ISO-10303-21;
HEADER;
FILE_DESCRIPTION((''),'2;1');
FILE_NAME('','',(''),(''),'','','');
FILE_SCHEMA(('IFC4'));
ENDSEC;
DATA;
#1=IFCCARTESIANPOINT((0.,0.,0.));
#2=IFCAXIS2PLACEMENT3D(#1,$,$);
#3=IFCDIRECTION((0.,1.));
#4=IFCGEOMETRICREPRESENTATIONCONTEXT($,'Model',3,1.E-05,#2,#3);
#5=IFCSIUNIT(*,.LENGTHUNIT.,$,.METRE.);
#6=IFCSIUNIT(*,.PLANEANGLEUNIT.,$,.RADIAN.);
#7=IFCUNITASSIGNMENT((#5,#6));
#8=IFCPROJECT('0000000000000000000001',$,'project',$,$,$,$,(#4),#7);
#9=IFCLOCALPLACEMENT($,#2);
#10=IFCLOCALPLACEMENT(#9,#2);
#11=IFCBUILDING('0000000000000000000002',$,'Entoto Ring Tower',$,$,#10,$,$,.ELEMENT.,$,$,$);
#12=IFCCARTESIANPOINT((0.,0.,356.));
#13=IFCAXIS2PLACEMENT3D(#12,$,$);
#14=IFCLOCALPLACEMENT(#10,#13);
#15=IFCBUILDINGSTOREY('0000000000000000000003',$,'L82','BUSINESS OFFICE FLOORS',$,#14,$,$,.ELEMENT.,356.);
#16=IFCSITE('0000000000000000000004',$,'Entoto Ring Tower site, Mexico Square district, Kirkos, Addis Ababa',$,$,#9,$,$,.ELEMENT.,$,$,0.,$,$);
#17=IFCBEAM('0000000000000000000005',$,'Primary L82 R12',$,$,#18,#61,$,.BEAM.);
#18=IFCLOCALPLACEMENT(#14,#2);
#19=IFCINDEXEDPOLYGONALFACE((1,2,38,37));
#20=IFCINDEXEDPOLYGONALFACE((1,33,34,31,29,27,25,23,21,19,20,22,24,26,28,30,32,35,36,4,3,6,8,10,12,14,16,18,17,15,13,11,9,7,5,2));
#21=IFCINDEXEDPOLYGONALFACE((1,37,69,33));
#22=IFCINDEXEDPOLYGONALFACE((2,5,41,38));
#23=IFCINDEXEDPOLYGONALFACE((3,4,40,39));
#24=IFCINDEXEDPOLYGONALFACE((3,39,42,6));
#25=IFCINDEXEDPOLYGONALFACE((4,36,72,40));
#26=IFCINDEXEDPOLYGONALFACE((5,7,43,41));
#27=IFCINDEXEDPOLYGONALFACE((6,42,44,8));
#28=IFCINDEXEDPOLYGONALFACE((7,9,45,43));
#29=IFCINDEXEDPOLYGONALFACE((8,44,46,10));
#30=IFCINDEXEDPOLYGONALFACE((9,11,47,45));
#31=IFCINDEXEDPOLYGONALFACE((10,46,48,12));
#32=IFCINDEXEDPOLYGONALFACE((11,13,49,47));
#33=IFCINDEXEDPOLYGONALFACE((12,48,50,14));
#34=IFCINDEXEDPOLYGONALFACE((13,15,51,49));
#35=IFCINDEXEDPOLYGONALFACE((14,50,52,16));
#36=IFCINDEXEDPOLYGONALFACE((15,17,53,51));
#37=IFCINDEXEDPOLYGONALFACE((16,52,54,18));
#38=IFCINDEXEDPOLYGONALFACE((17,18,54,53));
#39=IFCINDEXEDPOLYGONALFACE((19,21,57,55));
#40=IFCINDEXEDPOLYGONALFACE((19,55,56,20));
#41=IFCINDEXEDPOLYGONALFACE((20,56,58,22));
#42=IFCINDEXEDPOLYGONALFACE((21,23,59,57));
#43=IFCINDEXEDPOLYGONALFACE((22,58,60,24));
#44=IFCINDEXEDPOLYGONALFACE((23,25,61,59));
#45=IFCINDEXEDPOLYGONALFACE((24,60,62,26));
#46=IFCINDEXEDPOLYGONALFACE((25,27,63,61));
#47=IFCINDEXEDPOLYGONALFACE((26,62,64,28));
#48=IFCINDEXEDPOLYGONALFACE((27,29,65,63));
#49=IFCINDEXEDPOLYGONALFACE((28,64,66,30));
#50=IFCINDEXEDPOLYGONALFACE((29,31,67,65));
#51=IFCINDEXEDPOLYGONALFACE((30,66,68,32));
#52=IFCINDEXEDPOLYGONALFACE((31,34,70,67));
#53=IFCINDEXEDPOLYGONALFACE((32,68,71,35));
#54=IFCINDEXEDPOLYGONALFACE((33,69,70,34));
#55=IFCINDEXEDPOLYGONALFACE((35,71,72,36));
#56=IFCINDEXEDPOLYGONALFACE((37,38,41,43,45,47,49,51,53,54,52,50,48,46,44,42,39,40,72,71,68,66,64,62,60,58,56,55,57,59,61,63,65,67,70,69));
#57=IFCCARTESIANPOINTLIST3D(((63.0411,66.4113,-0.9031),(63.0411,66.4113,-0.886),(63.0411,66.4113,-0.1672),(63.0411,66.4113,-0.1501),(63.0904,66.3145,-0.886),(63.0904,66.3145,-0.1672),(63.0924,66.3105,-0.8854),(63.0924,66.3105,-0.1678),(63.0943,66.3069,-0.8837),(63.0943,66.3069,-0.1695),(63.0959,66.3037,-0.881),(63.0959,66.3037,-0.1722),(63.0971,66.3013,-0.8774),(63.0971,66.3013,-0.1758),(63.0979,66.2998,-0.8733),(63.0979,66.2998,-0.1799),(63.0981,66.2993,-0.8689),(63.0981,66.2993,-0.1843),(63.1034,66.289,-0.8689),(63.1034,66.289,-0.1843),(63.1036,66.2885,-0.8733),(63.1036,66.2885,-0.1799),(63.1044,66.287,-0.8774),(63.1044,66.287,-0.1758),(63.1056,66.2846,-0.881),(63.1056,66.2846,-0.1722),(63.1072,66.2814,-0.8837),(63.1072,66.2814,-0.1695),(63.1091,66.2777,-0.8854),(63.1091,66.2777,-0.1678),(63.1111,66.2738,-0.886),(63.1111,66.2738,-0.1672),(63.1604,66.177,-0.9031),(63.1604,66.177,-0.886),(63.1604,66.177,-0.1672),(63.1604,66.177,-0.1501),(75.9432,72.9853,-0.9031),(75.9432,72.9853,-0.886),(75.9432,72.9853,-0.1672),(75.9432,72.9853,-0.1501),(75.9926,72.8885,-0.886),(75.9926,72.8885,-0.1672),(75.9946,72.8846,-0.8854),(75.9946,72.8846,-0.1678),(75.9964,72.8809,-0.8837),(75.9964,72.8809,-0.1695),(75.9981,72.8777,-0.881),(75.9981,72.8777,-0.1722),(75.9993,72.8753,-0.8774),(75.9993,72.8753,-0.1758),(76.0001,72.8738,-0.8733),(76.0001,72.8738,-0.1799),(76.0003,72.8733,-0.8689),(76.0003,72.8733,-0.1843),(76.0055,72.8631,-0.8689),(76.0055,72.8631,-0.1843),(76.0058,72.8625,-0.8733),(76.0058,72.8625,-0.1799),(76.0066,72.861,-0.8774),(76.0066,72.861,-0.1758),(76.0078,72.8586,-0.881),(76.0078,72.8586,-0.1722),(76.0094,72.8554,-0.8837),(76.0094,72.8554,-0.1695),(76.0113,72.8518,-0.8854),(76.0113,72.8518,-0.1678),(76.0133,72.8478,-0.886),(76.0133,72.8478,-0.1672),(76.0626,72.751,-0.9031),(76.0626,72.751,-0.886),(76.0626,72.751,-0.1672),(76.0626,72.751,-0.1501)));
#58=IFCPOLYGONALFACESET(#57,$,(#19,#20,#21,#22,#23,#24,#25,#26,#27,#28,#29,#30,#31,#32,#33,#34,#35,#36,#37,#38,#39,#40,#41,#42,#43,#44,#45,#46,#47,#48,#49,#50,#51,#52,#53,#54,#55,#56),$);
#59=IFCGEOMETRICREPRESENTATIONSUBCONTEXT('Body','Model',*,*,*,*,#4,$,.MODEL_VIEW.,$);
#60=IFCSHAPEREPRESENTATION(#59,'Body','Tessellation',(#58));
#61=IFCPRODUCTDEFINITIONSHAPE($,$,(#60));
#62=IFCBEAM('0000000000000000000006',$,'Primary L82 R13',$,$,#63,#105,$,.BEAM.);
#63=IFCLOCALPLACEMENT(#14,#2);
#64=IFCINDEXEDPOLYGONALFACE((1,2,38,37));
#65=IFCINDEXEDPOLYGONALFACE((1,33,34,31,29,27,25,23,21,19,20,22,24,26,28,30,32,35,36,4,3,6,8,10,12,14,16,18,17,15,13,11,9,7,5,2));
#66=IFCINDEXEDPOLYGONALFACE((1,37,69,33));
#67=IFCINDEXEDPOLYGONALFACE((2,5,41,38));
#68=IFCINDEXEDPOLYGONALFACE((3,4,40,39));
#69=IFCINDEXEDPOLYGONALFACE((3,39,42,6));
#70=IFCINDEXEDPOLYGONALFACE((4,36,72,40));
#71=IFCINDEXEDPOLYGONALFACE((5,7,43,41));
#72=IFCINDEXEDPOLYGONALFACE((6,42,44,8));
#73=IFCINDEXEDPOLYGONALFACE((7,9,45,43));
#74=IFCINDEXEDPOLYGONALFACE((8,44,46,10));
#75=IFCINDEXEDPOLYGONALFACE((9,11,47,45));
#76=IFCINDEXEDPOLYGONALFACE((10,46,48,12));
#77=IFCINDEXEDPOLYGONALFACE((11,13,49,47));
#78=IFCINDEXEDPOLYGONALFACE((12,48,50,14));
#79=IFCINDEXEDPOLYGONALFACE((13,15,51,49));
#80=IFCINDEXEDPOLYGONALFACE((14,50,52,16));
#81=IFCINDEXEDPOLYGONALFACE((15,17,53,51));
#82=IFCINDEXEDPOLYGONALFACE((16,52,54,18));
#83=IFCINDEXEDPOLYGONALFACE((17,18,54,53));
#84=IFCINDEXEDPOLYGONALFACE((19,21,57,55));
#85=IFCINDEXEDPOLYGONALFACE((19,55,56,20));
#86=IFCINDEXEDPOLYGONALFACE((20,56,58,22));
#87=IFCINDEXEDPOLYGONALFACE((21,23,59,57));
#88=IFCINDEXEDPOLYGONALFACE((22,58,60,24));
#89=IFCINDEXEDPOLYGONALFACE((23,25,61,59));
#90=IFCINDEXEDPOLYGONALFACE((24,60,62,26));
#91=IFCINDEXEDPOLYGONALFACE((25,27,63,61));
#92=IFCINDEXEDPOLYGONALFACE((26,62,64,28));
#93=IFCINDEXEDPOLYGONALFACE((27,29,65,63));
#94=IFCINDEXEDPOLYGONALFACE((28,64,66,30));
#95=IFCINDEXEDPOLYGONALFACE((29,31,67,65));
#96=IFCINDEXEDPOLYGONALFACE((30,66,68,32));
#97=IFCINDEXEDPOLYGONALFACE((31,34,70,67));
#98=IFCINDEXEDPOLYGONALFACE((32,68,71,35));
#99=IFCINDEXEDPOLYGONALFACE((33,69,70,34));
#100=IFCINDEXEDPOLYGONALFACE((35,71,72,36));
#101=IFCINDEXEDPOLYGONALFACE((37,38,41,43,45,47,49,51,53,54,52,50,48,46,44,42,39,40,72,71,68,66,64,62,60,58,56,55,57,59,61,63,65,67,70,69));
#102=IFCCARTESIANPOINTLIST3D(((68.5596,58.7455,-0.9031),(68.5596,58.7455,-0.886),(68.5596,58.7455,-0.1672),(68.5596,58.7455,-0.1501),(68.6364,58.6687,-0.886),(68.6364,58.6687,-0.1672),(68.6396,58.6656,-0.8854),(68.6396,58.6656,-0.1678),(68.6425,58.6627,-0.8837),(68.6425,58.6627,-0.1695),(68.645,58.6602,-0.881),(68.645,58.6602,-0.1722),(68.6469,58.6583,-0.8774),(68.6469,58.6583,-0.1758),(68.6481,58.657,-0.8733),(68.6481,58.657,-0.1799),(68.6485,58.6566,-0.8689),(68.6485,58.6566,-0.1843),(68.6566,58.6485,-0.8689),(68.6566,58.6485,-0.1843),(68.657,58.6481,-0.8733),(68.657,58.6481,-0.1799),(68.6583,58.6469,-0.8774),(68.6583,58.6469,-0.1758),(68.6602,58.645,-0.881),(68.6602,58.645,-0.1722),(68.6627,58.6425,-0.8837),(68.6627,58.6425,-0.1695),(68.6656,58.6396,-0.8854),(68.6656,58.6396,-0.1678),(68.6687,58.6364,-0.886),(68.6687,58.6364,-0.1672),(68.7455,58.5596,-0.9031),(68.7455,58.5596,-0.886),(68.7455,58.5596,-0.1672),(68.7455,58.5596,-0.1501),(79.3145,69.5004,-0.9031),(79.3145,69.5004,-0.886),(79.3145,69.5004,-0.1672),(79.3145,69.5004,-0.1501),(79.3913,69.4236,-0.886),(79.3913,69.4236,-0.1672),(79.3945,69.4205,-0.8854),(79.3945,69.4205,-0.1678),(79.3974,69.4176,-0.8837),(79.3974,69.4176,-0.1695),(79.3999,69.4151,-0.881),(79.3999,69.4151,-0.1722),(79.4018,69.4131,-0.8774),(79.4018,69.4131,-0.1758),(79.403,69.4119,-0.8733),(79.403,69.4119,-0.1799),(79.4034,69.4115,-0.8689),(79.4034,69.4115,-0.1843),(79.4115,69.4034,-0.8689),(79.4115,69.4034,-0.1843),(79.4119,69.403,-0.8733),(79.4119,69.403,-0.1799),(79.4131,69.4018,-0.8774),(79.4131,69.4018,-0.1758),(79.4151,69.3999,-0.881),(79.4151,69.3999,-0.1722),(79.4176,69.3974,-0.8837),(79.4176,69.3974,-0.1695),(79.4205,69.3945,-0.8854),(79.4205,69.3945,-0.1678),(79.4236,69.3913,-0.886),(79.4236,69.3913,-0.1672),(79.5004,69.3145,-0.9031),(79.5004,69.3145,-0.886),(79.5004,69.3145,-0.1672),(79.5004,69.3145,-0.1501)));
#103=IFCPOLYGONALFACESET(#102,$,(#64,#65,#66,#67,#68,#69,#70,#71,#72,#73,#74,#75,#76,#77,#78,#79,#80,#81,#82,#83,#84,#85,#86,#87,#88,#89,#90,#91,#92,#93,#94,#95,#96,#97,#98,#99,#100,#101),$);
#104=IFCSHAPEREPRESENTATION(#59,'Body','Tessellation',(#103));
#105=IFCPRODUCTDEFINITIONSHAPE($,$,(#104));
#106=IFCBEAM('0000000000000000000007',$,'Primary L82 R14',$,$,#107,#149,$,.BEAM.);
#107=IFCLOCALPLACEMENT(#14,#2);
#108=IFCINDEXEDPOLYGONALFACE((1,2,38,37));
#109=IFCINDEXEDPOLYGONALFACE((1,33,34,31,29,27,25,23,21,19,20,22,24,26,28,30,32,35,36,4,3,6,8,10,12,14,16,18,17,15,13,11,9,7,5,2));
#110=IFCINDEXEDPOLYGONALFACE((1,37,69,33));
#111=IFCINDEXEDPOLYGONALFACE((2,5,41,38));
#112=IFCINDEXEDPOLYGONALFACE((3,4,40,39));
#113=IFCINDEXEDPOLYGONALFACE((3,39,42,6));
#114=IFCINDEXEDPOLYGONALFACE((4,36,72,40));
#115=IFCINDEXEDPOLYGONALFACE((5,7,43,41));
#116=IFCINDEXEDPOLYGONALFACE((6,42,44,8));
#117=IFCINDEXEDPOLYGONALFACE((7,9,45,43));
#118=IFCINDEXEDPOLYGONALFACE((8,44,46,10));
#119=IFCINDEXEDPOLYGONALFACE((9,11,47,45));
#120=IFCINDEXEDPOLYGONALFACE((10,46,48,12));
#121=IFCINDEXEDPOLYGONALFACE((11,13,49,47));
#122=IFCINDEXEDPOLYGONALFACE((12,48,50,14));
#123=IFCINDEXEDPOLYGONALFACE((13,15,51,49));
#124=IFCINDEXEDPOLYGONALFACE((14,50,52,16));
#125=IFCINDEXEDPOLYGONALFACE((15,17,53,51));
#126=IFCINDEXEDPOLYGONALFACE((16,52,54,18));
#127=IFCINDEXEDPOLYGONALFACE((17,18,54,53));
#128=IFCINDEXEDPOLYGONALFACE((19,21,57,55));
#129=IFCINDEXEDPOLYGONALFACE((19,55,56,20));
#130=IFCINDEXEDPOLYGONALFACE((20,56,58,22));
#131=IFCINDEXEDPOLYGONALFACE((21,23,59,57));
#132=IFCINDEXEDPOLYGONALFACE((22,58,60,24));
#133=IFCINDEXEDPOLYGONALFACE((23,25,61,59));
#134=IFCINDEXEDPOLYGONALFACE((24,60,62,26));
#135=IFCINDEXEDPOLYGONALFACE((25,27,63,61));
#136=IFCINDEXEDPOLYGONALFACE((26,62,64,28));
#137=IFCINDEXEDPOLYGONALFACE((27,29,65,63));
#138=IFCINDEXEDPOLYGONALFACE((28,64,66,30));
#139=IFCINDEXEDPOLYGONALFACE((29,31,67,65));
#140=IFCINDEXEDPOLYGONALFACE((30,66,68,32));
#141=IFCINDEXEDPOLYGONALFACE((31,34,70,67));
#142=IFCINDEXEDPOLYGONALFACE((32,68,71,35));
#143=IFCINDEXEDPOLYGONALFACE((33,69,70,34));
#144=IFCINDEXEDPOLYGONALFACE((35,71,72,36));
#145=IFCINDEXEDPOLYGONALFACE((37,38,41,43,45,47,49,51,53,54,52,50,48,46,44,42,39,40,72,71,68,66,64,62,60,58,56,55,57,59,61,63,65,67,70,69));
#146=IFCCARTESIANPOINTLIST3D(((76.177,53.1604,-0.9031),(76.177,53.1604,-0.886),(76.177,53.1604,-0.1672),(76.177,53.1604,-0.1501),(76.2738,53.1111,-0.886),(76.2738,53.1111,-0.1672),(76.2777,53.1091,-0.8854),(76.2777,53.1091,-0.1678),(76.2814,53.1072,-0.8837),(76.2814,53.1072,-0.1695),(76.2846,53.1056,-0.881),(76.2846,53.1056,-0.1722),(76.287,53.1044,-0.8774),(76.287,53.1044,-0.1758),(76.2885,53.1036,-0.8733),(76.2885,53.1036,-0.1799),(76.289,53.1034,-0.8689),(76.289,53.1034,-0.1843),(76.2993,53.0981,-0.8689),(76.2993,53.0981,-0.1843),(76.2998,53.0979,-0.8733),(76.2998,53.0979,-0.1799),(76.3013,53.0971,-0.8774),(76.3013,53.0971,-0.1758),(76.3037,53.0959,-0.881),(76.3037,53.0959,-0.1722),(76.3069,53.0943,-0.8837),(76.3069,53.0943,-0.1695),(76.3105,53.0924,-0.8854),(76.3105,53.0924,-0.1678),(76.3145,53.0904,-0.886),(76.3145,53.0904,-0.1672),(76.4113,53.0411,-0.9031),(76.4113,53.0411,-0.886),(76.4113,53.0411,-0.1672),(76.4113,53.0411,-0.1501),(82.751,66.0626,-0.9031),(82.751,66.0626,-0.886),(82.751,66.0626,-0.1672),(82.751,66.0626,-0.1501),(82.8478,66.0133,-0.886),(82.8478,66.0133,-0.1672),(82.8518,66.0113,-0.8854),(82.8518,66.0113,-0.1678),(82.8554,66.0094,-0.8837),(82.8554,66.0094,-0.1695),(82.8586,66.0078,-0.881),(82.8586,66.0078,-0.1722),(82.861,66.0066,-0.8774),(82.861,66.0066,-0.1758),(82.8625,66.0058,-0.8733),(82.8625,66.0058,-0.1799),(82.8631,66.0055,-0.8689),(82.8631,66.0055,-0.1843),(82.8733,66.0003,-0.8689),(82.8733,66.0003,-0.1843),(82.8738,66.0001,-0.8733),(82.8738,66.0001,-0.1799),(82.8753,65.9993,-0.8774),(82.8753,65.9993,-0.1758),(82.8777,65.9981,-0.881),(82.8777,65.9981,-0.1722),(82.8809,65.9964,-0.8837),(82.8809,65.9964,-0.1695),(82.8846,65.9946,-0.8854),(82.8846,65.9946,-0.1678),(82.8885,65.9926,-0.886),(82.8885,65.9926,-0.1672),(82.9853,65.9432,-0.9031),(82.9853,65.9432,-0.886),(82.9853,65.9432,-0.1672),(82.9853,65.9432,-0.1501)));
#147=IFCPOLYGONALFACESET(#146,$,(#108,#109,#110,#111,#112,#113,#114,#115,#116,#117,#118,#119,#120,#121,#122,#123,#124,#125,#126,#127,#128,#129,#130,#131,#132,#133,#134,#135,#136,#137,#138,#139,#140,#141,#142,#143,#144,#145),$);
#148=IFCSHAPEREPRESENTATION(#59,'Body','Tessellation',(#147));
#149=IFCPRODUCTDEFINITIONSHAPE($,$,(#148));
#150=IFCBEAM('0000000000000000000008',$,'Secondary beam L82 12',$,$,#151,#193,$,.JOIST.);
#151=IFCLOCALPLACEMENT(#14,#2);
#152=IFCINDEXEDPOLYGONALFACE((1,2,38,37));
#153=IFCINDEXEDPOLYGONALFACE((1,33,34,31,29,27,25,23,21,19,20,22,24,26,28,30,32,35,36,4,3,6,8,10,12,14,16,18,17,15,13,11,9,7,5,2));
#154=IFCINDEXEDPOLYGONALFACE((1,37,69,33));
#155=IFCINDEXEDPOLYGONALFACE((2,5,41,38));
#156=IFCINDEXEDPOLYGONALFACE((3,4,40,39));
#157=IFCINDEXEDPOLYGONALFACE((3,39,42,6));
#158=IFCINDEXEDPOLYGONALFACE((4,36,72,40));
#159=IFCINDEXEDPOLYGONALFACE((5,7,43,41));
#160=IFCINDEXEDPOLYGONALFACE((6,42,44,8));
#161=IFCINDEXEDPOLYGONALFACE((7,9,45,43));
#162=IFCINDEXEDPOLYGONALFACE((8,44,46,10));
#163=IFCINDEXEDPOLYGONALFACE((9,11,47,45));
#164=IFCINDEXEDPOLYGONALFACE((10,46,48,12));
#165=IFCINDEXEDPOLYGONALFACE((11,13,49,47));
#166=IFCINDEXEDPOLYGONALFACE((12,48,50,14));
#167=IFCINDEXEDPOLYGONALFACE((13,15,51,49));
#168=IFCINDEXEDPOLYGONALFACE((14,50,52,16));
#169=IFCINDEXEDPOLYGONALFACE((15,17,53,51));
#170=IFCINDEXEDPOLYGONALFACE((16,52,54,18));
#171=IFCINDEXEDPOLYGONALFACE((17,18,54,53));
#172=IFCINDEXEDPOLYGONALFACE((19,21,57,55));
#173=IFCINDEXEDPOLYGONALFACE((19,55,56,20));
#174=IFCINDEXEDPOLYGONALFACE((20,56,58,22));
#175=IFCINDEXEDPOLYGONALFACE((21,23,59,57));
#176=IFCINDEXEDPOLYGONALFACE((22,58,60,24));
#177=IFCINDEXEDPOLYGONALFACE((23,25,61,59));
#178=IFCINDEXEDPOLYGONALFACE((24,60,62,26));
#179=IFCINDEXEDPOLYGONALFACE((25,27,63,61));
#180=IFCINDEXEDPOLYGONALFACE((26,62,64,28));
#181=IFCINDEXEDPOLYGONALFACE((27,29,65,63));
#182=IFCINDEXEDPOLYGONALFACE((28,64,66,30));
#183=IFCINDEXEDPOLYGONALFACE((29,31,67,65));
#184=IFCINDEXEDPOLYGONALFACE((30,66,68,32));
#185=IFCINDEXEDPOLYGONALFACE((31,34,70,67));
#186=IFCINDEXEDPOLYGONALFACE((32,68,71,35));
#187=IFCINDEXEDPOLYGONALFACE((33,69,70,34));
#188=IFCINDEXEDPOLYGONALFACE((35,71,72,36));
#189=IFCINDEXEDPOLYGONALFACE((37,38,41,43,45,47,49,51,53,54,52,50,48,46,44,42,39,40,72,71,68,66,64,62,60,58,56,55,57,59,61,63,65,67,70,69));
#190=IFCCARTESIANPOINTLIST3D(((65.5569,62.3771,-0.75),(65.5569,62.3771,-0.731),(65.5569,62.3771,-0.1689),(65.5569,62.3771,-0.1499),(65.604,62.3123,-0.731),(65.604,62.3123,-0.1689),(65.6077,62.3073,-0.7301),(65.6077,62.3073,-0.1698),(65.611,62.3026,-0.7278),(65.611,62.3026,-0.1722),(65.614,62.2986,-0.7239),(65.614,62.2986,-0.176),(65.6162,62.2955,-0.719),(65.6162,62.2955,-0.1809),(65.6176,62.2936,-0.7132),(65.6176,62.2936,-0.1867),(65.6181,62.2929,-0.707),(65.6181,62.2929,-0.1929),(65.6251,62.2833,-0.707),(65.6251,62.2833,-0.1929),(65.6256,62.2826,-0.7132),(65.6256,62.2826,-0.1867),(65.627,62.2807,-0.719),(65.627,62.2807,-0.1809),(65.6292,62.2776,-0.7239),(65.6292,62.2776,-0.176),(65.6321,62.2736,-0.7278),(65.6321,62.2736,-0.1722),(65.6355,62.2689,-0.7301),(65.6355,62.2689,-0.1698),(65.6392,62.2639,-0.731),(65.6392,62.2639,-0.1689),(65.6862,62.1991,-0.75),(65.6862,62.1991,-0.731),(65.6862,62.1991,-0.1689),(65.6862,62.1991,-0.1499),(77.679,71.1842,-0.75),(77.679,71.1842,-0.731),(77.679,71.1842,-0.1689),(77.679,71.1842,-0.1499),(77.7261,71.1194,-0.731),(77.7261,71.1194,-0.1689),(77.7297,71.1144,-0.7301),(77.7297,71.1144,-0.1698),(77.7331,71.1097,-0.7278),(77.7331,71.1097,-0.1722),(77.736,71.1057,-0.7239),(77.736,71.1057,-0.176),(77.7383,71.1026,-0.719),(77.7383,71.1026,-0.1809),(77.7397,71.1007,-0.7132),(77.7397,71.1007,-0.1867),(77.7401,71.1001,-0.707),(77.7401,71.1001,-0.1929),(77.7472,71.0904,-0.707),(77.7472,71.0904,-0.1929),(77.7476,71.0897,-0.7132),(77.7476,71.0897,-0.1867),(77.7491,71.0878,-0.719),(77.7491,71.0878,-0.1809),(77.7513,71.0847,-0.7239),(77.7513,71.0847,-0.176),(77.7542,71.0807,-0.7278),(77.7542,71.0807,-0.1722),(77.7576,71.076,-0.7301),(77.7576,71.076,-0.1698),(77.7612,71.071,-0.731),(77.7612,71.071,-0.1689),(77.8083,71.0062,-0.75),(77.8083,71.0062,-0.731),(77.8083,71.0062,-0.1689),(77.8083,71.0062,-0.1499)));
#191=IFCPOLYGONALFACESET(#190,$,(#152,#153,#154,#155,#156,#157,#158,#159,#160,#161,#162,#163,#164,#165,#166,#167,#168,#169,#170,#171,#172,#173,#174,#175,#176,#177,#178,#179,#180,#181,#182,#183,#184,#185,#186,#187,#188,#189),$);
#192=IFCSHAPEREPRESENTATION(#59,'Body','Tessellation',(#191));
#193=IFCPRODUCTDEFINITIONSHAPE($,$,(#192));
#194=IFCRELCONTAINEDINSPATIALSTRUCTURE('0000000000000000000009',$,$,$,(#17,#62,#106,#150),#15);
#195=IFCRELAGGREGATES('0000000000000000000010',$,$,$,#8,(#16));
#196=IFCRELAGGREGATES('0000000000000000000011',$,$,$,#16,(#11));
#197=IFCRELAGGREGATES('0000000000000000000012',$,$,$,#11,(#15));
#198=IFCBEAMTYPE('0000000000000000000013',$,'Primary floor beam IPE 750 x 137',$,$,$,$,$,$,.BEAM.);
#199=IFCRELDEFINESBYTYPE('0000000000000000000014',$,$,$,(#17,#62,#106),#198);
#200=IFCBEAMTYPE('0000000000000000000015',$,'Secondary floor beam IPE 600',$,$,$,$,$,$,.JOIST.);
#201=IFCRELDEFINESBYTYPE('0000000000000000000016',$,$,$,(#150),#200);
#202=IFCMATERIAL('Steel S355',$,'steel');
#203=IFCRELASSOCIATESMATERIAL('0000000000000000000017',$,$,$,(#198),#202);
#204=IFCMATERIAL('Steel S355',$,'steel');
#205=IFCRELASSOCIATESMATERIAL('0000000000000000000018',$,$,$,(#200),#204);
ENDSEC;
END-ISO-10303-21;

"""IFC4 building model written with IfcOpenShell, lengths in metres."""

from ifc_helpers import new_model, si_unit, direction, frame, origin, origin_2d, place, context, subcontext, project, spatial, i_section, extrude, material, material_profile, profile_set, type_object, element, save


model = new_model("IFC4")

# Units and contexts
model_context = context("Model", 3, precision=1e-05, world=origin(), true_north=direction((0.0, 1.0)))
body_context = subcontext(model_context, "Body", "Model", "MODEL_VIEW")
ifc_project = project(units=[si_unit("LENGTHUNIT", "METRE"), si_unit("PLANEANGLEUNIT", "RADIAN")], contexts=[model_context])

# Site, building, storey
site_placement = place(None, origin())
site = spatial("IfcSite", under=ifc_project, at=site_placement, Name="Entoto Ring Tower site, Mexico Square district, Kirkos, Addis Ababa", CompositionType="ELEMENT", RefElevation=0.0)
building_placement = place(site_placement, origin())
building = spatial("IfcBuilding", under=site, at=building_placement, Name="Entoto Ring Tower", CompositionType="ELEMENT")
storey_placement = place(building_placement, frame((0.0, 0.0, 356.0)))
storey = spatial("IfcBuildingStorey", under=building, at=storey_placement, Name="L82", Description="BUSINESS OFFICE FLOORS", CompositionType="ELEMENT", Elevation=356.0)

# Beams
ifc_material_1 = material(Name="Steel S355", Category="steel")
ifc_material_profile_1 = material_profile(ifc_material_1, i_section(OverallWidth=0.2629, OverallDepth=0.7529, WebThickness=0.0115, FlangeThickness=0.0171, FilletRadius=0.0171, at=origin_2d()), Name="IPE 750 x 137")
ifc_profile_set_1 = profile_set([ifc_material_profile_1], Name="Steel S355")
beam_type_1 = type_object("IfcBeamType", Name="Primary floor beam IPE 750 x 137", PredefinedType="BEAM", material=ifc_profile_set_1)
beam_1_placement = place(storey_placement, frame((76.0029, 72.8682, -0.5266), z_axis=(-0.891006, -0.453992, 0.0), x_axis=(0.453992, -0.891006, 0.0)))
element("IfcBeam", 1, at=beam_1_placement, inside=storey, type_object=beam_type_1, Name="Primary L82 R12", PredefinedType="BEAM", context=body_context, shape_type="SweptSolid", body=[
    extrude(i_section(OverallWidth=0.2629, OverallDepth=0.7529, WebThickness=0.0115, FlangeThickness=0.0171, FilletRadius=0.0171, at=origin_2d()), origin(), (0.0, 0.0, 1.0), 14.4805),
])
beam_2_placement = place(storey_placement, frame((79.4075, 69.4075, -0.5266), z_axis=(-0.707107, -0.707107, 0.0), x_axis=(0.707107, -0.707107, 0.0)))
element("IfcBeam", 2, at=beam_2_placement, inside=storey, type_object=beam_type_1, Name="Primary L82 R13", PredefinedType="BEAM", context=body_context, shape_type="SweptSolid", body=[
    extrude(i_section(OverallWidth=0.2629, OverallDepth=0.7529, WebThickness=0.0115, FlangeThickness=0.0171, FilletRadius=0.0171, at=origin_2d()), origin(), (0.0, 0.0, 1.0), 15.2097),
])
beam_3_placement = place(storey_placement, frame((82.8682, 66.0029, -0.5266), z_axis=(-0.453992, -0.891006, 0.0), x_axis=(0.891006, -0.453992, 0.0)))
element("IfcBeam", 3, at=beam_3_placement, inside=storey, type_object=beam_type_1, Name="Primary L82 R14", PredefinedType="BEAM", context=body_context, shape_type="SweptSolid", body=[
    extrude(i_section(OverallWidth=0.2629, OverallDepth=0.7529, WebThickness=0.0115, FlangeThickness=0.0171, FilletRadius=0.0171, at=origin_2d()), origin(), (0.0, 0.0, 1.0), 14.4805),
])
ifc_material_2 = material(Name="Steel S355", Category="steel")
ifc_material_profile_2 = material_profile(ifc_material_2, i_section(OverallWidth=0.22, OverallDepth=0.6001, WebThickness=0.012, FlangeThickness=0.019, FilletRadius=0.0239, at=origin_2d()), Name="IPE 600")
ifc_profile_set_2 = profile_set([ifc_material_profile_2], Name="Steel S355")
beam_type_2 = type_object("IfcBeamType", Name="Secondary floor beam IPE 600", PredefinedType="JOIST", material=ifc_profile_set_2)
for number, where, z_axis, x_axis, name in (
    (4, (77.7437, 71.0952, -0.45), (-0.809019, -0.587782, 0.0), (0.587782, -0.809019, 0.0), "Secondary beam L82 12"),
):
    element("IfcBeam", number, at=place(storey_placement, frame(where, z_axis=z_axis, x_axis=x_axis)), inside=storey, type_object=beam_type_2, Name=name, PredefinedType="JOIST", context=body_context, shape_type="SweptSolid", body=[
        extrude(i_section(OverallWidth=0.22, OverallDepth=0.6001, WebThickness=0.012, FlangeThickness=0.019, FilletRadius=0.0239, at=origin_2d()), origin(), (0.0, 0.0, 1.0), 14.9836),
    ])

save(model, "model.ifc")
